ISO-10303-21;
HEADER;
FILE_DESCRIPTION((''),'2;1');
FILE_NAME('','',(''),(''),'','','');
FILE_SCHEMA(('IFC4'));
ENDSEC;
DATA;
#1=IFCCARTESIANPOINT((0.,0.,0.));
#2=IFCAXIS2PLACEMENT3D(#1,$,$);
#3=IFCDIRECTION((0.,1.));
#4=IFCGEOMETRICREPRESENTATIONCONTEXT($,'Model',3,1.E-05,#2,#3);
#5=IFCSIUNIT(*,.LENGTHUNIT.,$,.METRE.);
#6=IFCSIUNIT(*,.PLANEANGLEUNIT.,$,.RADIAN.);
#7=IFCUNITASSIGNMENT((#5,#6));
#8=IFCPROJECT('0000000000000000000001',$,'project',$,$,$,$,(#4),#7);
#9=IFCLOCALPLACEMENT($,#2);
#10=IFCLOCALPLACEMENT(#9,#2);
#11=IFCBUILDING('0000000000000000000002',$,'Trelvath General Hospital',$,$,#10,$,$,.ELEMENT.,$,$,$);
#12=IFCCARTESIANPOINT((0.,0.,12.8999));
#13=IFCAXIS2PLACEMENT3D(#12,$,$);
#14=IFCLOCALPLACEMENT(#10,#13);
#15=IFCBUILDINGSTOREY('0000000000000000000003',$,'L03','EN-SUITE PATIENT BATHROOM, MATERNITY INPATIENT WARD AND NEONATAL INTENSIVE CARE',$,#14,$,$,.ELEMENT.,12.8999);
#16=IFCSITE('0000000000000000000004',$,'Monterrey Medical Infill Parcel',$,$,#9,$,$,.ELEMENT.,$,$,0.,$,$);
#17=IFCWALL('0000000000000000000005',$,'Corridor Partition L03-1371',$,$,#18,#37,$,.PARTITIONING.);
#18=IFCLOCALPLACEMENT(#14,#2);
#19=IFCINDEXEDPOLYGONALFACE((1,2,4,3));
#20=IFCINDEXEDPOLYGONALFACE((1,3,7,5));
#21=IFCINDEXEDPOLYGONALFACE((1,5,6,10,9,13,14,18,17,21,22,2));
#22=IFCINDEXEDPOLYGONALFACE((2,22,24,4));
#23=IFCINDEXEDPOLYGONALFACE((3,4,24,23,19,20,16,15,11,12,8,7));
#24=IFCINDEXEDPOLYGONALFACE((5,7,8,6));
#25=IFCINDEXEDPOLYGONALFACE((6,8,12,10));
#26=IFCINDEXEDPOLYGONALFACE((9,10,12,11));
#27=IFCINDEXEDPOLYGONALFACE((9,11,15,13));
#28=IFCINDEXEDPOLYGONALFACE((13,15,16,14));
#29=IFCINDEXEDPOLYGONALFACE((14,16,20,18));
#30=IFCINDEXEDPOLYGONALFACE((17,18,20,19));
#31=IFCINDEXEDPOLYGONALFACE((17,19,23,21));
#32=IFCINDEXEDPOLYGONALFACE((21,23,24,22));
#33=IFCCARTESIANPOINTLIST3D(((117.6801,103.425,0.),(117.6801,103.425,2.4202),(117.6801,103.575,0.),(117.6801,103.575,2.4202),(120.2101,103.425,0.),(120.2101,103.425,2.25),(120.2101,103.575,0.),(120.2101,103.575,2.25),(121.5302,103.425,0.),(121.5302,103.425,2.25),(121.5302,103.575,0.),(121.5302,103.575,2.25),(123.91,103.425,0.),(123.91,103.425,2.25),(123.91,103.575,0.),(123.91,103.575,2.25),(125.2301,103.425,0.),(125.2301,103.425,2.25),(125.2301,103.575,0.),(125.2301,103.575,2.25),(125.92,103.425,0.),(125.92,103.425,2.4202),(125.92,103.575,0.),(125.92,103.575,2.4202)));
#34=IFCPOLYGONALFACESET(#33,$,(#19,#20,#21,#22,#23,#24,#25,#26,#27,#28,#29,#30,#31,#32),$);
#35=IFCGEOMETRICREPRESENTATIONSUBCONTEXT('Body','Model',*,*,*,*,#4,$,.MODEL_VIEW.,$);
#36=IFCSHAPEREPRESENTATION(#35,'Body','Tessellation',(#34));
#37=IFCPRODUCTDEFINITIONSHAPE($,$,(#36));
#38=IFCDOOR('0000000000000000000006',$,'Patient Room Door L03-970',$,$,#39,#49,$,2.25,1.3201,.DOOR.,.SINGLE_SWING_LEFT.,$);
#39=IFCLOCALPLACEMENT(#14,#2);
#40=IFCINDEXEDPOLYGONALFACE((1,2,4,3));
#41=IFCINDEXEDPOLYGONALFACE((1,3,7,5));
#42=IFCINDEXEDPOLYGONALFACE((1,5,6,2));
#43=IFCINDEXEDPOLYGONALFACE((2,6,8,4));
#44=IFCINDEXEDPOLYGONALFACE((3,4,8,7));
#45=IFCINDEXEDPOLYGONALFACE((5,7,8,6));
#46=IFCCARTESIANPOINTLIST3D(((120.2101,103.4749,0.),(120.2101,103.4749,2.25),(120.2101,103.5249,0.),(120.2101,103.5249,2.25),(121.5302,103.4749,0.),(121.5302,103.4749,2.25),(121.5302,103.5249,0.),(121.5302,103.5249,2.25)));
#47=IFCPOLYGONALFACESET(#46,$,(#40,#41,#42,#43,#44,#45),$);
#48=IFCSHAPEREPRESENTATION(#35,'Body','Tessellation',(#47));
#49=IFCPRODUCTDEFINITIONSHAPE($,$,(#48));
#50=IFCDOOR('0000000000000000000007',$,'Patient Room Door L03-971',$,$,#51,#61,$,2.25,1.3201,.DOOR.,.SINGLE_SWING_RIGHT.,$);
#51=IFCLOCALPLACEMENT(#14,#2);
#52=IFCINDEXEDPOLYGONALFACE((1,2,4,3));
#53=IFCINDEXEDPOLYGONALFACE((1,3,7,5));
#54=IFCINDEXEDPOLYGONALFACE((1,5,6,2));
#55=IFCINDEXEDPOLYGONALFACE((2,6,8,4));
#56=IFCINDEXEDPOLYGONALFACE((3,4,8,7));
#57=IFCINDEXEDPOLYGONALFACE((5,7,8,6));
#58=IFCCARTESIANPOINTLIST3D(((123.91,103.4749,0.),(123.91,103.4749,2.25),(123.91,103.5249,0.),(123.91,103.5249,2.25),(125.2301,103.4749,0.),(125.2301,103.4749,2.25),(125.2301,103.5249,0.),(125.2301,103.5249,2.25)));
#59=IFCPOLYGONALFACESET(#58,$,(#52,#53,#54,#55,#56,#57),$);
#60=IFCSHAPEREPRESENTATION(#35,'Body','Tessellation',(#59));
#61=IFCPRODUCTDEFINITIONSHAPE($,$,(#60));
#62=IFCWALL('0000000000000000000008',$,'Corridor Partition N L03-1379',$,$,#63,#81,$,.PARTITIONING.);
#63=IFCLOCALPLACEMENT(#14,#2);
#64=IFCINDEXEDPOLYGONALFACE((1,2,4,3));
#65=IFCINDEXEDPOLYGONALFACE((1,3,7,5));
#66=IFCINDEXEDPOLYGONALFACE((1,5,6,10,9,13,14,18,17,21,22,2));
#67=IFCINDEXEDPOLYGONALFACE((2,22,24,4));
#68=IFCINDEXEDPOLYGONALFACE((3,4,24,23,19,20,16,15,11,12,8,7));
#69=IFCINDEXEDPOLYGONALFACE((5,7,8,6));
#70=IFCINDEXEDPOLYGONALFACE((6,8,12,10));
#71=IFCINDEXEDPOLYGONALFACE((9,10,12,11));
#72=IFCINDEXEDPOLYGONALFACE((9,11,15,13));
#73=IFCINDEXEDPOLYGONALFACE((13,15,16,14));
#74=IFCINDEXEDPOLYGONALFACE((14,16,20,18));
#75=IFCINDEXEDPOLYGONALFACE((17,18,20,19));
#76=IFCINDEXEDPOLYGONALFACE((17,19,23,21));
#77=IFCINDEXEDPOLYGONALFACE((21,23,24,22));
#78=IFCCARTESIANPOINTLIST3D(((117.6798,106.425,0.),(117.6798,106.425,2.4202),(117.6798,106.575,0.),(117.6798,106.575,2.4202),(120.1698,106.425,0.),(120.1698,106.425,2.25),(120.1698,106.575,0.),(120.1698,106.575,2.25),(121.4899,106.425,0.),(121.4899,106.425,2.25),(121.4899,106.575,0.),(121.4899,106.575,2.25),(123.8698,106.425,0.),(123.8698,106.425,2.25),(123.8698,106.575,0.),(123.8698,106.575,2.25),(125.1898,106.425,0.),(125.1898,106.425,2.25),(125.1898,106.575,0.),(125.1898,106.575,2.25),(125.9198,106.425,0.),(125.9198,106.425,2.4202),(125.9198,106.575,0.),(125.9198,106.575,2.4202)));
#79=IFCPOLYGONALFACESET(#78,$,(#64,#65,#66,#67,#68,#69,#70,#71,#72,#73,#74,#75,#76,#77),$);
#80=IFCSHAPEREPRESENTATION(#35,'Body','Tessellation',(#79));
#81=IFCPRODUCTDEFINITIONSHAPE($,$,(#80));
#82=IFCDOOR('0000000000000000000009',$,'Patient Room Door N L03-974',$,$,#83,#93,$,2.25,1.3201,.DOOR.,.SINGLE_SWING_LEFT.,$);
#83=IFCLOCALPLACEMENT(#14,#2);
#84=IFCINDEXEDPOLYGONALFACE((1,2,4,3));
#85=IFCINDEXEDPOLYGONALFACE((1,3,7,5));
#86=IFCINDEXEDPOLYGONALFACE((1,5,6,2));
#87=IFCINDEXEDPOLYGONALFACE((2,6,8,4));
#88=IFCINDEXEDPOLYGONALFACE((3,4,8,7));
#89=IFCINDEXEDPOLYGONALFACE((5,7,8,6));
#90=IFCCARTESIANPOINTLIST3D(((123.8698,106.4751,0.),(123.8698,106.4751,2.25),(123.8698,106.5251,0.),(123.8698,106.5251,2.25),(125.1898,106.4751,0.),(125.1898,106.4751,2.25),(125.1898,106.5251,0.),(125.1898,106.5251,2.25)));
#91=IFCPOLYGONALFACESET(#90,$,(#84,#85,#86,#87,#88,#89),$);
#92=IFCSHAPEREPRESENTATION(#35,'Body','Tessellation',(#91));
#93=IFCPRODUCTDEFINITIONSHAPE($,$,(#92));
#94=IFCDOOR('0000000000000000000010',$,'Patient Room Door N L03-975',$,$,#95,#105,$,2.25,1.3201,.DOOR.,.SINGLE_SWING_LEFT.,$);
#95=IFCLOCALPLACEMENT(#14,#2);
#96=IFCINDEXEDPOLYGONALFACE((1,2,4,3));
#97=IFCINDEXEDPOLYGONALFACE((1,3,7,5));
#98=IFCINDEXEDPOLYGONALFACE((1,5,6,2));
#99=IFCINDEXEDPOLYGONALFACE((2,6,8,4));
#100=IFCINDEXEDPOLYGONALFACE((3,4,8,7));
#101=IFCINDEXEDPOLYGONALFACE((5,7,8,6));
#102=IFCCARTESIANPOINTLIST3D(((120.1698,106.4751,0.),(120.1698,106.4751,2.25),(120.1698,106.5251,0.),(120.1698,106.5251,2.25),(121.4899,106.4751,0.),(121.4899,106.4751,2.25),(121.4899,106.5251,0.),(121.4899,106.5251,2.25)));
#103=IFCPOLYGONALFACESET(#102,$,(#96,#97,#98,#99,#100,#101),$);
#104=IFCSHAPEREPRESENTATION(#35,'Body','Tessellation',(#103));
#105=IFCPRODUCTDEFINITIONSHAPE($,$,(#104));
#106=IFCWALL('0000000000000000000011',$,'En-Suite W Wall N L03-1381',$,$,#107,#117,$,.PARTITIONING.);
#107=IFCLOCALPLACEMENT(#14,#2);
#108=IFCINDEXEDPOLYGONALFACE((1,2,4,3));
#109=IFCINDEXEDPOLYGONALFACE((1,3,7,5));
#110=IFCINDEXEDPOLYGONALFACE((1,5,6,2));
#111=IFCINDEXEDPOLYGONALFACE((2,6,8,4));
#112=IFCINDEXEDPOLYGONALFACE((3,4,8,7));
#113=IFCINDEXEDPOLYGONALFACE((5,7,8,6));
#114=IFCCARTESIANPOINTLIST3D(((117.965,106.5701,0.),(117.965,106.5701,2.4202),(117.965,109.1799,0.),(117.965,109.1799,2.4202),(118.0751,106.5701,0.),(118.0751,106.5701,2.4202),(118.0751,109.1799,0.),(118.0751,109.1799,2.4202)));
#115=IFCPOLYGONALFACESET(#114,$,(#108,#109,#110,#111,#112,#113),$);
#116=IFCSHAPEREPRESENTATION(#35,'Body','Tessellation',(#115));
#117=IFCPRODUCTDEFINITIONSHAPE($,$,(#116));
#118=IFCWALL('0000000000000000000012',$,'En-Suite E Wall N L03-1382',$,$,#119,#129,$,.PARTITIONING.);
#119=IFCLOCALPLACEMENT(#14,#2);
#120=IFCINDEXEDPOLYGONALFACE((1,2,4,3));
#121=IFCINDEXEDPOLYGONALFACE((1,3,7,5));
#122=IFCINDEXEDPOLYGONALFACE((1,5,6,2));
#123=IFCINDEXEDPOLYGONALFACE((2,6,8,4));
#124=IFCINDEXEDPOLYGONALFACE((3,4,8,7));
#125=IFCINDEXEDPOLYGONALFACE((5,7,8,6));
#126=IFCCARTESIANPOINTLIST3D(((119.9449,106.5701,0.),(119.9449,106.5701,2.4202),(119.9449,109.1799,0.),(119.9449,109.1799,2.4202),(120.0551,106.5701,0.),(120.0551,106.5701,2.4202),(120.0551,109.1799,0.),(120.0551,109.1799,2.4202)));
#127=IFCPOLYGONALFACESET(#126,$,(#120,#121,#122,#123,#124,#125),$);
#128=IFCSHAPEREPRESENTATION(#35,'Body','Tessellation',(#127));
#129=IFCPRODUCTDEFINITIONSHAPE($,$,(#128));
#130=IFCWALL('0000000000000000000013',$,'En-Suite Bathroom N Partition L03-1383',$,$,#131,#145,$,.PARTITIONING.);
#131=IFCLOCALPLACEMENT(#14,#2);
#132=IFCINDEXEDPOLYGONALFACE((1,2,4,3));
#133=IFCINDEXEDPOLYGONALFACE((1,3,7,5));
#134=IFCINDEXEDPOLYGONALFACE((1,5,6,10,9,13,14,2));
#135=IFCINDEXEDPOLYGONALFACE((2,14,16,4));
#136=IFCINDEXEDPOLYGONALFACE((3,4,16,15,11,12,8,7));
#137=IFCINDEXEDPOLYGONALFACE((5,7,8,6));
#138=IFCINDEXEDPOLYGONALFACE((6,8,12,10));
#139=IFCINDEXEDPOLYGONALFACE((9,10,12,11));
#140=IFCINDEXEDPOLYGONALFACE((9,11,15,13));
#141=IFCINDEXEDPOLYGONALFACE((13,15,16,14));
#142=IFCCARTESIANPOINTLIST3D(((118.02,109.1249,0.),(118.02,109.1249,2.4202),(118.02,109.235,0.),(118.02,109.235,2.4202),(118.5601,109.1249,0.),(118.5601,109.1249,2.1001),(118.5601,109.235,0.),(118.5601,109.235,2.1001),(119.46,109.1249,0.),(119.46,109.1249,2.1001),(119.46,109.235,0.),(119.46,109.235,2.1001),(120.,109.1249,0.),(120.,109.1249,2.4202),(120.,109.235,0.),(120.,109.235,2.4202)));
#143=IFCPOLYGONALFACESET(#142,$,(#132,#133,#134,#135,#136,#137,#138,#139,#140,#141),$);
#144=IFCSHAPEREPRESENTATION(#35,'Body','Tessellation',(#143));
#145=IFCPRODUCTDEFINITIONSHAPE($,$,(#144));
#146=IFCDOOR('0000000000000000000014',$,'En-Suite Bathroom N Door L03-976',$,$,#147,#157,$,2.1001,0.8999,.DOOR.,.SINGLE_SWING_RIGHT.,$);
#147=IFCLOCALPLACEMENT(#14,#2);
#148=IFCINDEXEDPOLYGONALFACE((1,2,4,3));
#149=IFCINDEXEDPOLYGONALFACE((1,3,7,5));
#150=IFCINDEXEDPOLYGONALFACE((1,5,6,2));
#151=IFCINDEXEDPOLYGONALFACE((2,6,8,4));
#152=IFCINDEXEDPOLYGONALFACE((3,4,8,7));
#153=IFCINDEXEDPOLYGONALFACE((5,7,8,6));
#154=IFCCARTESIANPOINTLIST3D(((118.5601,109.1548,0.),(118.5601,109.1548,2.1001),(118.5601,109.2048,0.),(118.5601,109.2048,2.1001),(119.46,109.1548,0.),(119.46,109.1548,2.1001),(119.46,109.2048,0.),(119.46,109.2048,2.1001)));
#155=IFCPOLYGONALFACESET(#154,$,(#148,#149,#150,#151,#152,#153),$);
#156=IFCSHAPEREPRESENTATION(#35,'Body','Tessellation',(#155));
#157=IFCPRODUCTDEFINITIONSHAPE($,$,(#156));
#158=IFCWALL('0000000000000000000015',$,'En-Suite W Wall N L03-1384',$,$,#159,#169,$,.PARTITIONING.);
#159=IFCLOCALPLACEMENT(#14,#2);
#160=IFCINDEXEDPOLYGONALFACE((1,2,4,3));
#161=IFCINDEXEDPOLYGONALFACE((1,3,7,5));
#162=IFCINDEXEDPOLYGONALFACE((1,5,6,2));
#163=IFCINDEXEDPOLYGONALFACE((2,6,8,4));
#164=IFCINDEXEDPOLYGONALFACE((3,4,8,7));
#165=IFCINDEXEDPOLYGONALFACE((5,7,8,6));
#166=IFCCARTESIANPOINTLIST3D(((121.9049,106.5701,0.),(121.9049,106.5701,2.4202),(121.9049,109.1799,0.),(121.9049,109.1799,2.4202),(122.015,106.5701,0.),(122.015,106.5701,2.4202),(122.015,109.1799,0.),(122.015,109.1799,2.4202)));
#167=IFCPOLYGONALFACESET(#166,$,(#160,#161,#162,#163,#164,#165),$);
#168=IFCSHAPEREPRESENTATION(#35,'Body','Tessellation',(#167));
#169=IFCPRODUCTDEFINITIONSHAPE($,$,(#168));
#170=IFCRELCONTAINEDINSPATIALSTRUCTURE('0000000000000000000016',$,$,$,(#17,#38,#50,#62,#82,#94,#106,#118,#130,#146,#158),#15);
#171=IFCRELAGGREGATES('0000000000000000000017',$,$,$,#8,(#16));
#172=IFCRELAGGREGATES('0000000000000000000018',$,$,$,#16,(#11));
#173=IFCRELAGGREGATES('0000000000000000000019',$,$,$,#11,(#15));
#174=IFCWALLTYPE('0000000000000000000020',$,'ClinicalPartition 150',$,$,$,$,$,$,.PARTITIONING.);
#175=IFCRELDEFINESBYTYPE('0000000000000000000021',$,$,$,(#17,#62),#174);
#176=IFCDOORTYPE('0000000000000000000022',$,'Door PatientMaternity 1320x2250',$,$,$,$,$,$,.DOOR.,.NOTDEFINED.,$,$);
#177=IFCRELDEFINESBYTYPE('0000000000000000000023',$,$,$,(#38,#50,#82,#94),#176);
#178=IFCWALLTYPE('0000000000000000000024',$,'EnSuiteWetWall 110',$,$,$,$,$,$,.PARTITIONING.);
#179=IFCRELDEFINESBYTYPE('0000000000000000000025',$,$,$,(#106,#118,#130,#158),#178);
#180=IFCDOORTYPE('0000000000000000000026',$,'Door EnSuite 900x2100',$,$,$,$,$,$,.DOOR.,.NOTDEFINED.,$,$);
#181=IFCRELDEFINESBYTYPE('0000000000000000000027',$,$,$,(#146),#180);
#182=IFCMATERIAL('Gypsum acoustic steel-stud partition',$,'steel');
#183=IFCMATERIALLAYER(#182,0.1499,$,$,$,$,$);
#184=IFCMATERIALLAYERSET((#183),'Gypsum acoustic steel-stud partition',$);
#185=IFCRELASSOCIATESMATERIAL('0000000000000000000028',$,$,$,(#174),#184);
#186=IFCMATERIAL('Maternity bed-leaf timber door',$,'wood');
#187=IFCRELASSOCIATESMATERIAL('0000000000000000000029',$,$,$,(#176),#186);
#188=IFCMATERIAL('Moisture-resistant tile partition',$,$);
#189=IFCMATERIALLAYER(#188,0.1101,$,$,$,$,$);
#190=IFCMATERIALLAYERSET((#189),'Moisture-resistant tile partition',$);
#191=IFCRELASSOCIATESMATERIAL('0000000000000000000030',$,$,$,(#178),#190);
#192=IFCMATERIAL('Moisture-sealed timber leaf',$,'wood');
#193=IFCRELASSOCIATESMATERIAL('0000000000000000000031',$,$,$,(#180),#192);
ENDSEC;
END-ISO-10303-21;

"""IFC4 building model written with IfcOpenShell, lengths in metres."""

from ifc_helpers import new_model, si_unit, direction, frame, frame_2d, origin, place, context, subcontext, project, spatial, rectangle, extrude, material, layer, layer_set, type_object, element, fill, save


model = new_model("IFC4")

# Units and contexts
model_context = context("Model", 3, precision=1e-05, world=origin(), true_north=direction((0.0, 1.0)))
body_context = subcontext(model_context, "Body", "Model", "MODEL_VIEW")
ifc_project = project(units=[si_unit("LENGTHUNIT", "METRE"), si_unit("PLANEANGLEUNIT", "RADIAN")], contexts=[model_context])

# Site, building, storey
site_placement = place(None, origin())
site = spatial("IfcSite", under=ifc_project, at=site_placement, Name="Monterrey Medical Infill Parcel", CompositionType="ELEMENT", RefElevation=0.0)
building_placement = place(site_placement, origin())
building = spatial("IfcBuilding", under=site, at=building_placement, Name="Trelvath General Hospital", CompositionType="ELEMENT")
storey_placement = place(building_placement, frame((0.0, 0.0, 12.8999)))
storey = spatial("IfcBuildingStorey", under=building, at=storey_placement, Name="L03", Description="EN-SUITE PATIENT BATHROOM, MATERNITY INPATIENT WARD AND NEONATAL INTENSIVE CARE", CompositionType="ELEMENT", Elevation=12.8999)

# Shared definitions
ifc_material_1 = material(Name="Gypsum acoustic steel-stud partition", Category="steel")
ifc_layer_1 = layer(ifc_material_1, 0.1499)
ifc_layer_set_1 = layer_set([ifc_layer_1], Name="Gypsum acoustic steel-stud partition")
wall_type_1 = type_object("IfcWallType", Name="ClinicalPartition 150", PredefinedType="PARTITIONING", material=ifc_layer_set_1)

# Walls, openings, doors
wall_1_placement = place(storey_placement, frame((117.6799, 103.5, 0.0), z_axis=(0.0, 0.0, 1.0), x_axis=(1.0, 0.0, 0.0)))
wall_1 = element("IfcWall", 1, at=wall_1_placement, inside=storey, type_object=wall_type_1, Name="Corridor Partition L03-1371", PredefinedType="PARTITIONING", context=body_context, shape_type="SweptSolid", body=[
    extrude(rectangle(XDim=8.24, YDim=0.1499, at=frame_2d((4.1201, 0.0))), origin(), (0.0, 0.0, 1.0), 2.4202),
])
opening_1_placement = place(wall_1_placement, frame((2.53, 0.0, 0.0)))
opening_1 = element("IfcOpeningElement", 2, at=opening_1_placement, cuts=wall_1, PredefinedType="OPENING", context=body_context, shape_type="SweptSolid", body=[
    extrude(rectangle(XDim=1.3201, YDim=2.25, at=frame_2d((0.6602, 1.125))), frame((0.0, 0.085, 0.0), z_axis=(0.0, -1.0, 0.0), x_axis=(1.0, 0.0, 0.0)), (0.0, 0.0, 1.0), 0.1699),
])
opening_2_placement = place(wall_1_placement, frame((6.23, 0.0, 0.0)))
opening_2 = element("IfcOpeningElement", 3, at=opening_2_placement, cuts=wall_1, PredefinedType="OPENING", context=body_context, shape_type="SweptSolid", body=[
    extrude(rectangle(XDim=1.3201, YDim=2.25, at=frame_2d((0.6602, 1.125))), frame((0.0, 0.085, 0.0), z_axis=(0.0, -1.0, 0.0), x_axis=(1.0, 0.0, 0.0)), (0.0, 0.0, 1.0), 0.1699),
])
ifc_material_2 = material(Name="Maternity bed-leaf timber door", Category="wood")
door_type_1 = type_object("IfcDoorType", Name="Door PatientMaternity 1320x2250", OperationType="NOTDEFINED", PredefinedType="DOOR", material=ifc_material_2)
door_1_placement = place(opening_1_placement, origin())
door_1 = element("IfcDoor", 4, at=door_1_placement, inside=storey, type_object=door_type_1, Name="Patient Room Door L03-970", OperationType="SINGLE_SWING_LEFT", OverallHeight=2.25, OverallWidth=1.3201, PredefinedType="DOOR", context=body_context, shape_type="SweptSolid", body=[
    extrude(rectangle(XDim=1.3201, YDim=2.25, at=frame_2d((0.6602, 1.125))), frame((0.0, 0.0249, 0.0), z_axis=(0.0, -1.0, 0.0), x_axis=(1.0, 0.0, 0.0)), (0.0, 0.0, 1.0), 0.05),
])
fill(opening_1, door_1)
door_2_placement = place(opening_2_placement, origin())
door_2 = element("IfcDoor", 5, at=door_2_placement, inside=storey, type_object=door_type_1, Name="Patient Room Door L03-971", OperationType="SINGLE_SWING_RIGHT", OverallHeight=2.25, OverallWidth=1.3201, PredefinedType="DOOR", context=body_context, shape_type="SweptSolid", body=[
    extrude(rectangle(XDim=1.3201, YDim=2.25, at=frame_2d((0.6602, 1.125))), frame((0.0, 0.0249, 0.0), z_axis=(0.0, -1.0, 0.0), x_axis=(1.0, 0.0, 0.0)), (0.0, 0.0, 1.0), 0.05),
])
fill(opening_2, door_2)
wall_2_placement = place(storey_placement, frame((125.9199, 106.5, 0.0), z_axis=(0.0, 0.0, 1.0), x_axis=(-1.0, 0.0, 0.0)))
wall_2 = element("IfcWall", 6, at=wall_2_placement, inside=storey, type_object=wall_type_1, Name="Corridor Partition N L03-1379", PredefinedType="PARTITIONING", context=body_context, shape_type="SweptSolid", body=[
    extrude(rectangle(XDim=8.24, YDim=0.1499, at=frame_2d((4.1201, 0.0))), origin(), (0.0, 0.0, 1.0), 2.4202),
])
opening_3_placement = place(wall_2_placement, frame((0.73, 0.0, 0.0)))
opening_3 = element("IfcOpeningElement", 7, at=opening_3_placement, cuts=wall_2, PredefinedType="OPENING", context=body_context, shape_type="SweptSolid", body=[
    extrude(rectangle(XDim=1.3201, YDim=2.25, at=frame_2d((0.6602, 1.125))), frame((0.0, 0.085, 0.0), z_axis=(0.0, -1.0, 0.0), x_axis=(1.0, 0.0, 0.0)), (0.0, 0.0, 1.0), 0.1699),
])
opening_4_placement = place(wall_2_placement, frame((4.4299, 0.0, 0.0)))
opening_4 = element("IfcOpeningElement", 8, at=opening_4_placement, cuts=wall_2, PredefinedType="OPENING", context=body_context, shape_type="SweptSolid", body=[
    extrude(rectangle(XDim=1.3201, YDim=2.25, at=frame_2d((0.6602, 1.125))), frame((0.0, 0.085, 0.0), z_axis=(0.0, -1.0, 0.0), x_axis=(1.0, 0.0, 0.0)), (0.0, 0.0, 1.0), 0.1699),
])
door_3_placement = place(opening_3_placement, origin())
door_3 = element("IfcDoor", 9, at=door_3_placement, inside=storey, type_object=door_type_1, Name="Patient Room Door N L03-974", OperationType="SINGLE_SWING_LEFT", OverallHeight=2.25, OverallWidth=1.3201, PredefinedType="DOOR", context=body_context, shape_type="SweptSolid", body=[
    extrude(rectangle(XDim=1.3201, YDim=2.25, at=frame_2d((0.6602, 1.125))), frame((0.0, 0.0249, 0.0), z_axis=(0.0, -1.0, 0.0), x_axis=(1.0, 0.0, 0.0)), (0.0, 0.0, 1.0), 0.05),
])
fill(opening_3, door_3)
door_4_placement = place(opening_4_placement, origin())
door_4 = element("IfcDoor", 10, at=door_4_placement, inside=storey, type_object=door_type_1, Name="Patient Room Door N L03-975", OperationType="SINGLE_SWING_LEFT", OverallHeight=2.25, OverallWidth=1.3201, PredefinedType="DOOR", context=body_context, shape_type="SweptSolid", body=[
    extrude(rectangle(XDim=1.3201, YDim=2.25, at=frame_2d((0.6602, 1.125))), frame((0.0, 0.0249, 0.0), z_axis=(0.0, -1.0, 0.0), x_axis=(1.0, 0.0, 0.0)), (0.0, 0.0, 1.0), 0.05),
])
fill(opening_4, door_4)

# Walls
ifc_material_3 = material(Name="Moisture-resistant tile partition")
ifc_layer_2 = layer(ifc_material_3, 0.1101)
ifc_layer_set_2 = layer_set([ifc_layer_2], Name="Moisture-resistant tile partition")
wall_type_2 = type_object("IfcWallType", Name="EnSuiteWetWall 110", PredefinedType="PARTITIONING", material=ifc_layer_set_2)
for number, where, z_axis, x_axis, name in (
    (11, (118.02, 106.5701, 0.0), (0.0, 0.0, 1.0), (0.0, 1.0, 0.0), "En-Suite W Wall N L03-1381"),
    (12, (120.0, 106.5701, 0.0), (0.0, 0.0, 1.0), (0.0, 1.0, 0.0), "En-Suite E Wall N L03-1382"),
):
    element("IfcWall", number, at=place(storey_placement, frame(where, z_axis=z_axis, x_axis=x_axis)), inside=storey, type_object=wall_type_2, Name=name, PredefinedType="PARTITIONING", context=body_context, shape_type="SweptSolid", body=[
        extrude(rectangle(XDim=2.6099, YDim=0.1101, at=frame_2d((1.3049, 0.0))), origin(), (0.0, 0.0, 1.0), 2.4202),
    ])

# Wall, opening, door
wall_3_placement = place(storey_placement, frame((118.02, 109.1799, 0.0), z_axis=(0.0, 0.0, 1.0), x_axis=(1.0, 0.0, 0.0)))
wall_3 = element("IfcWall", 13, at=wall_3_placement, inside=storey, type_object=wall_type_2, Name="En-Suite Bathroom N Partition L03-1383", PredefinedType="PARTITIONING", context=body_context, shape_type="SweptSolid", body=[
    extrude(rectangle(XDim=1.98, YDim=0.1101, at=frame_2d((0.99, 0.0))), origin(), (0.0, 0.0, 1.0), 2.4202),
])
opening_5_placement = place(wall_3_placement, frame((0.54, 0.0, 0.0)))
opening_5 = element("IfcOpeningElement", 14, at=opening_5_placement, cuts=wall_3, PredefinedType="OPENING", context=body_context, shape_type="SweptSolid", body=[
    extrude(rectangle(XDim=0.8999, YDim=2.1001, at=frame_2d((0.45, 1.05))), frame((0.0, 0.0649, 0.0), z_axis=(0.0, -1.0, 0.0), x_axis=(1.0, 0.0, 0.0)), (0.0, 0.0, 1.0), 0.1301),
])
ifc_material_4 = material(Name="Moisture-sealed timber leaf", Category="wood")
door_type_2 = type_object("IfcDoorType", Name="Door EnSuite 900x2100", OperationType="NOTDEFINED", PredefinedType="DOOR", material=ifc_material_4)
door_5_placement = place(opening_5_placement, origin())
door_5 = element("IfcDoor", 15, at=door_5_placement, inside=storey, type_object=door_type_2, Name="En-Suite Bathroom N Door L03-976", OperationType="SINGLE_SWING_RIGHT", OverallHeight=2.1001, OverallWidth=0.8999, PredefinedType="DOOR", context=body_context, shape_type="SweptSolid", body=[
    extrude(rectangle(XDim=0.8999, YDim=2.1001, at=frame_2d((0.45, 1.05))), frame((0.0, 0.0249, 0.0), z_axis=(0.0, -1.0, 0.0), x_axis=(1.0, 0.0, 0.0)), (0.0, 0.0, 1.0), 0.05),
])
fill(opening_5, door_5)

# Wall
for number, where, z_axis, x_axis, name in (
    (16, (121.96, 106.5701, 0.0), (0.0, 0.0, 1.0), (0.0, 1.0, 0.0), "En-Suite W Wall N L03-1384"),
):
    element("IfcWall", number, at=place(storey_placement, frame(where, z_axis=z_axis, x_axis=x_axis)), inside=storey, type_object=wall_type_2, Name=name, PredefinedType="PARTITIONING", context=body_context, shape_type="SweptSolid", body=[
        extrude(rectangle(XDim=2.6099, YDim=0.1101, at=frame_2d((1.3049, 0.0))), origin(), (0.0, 0.0, 1.0), 2.4202),
    ])

save(model, "model.ifc")
